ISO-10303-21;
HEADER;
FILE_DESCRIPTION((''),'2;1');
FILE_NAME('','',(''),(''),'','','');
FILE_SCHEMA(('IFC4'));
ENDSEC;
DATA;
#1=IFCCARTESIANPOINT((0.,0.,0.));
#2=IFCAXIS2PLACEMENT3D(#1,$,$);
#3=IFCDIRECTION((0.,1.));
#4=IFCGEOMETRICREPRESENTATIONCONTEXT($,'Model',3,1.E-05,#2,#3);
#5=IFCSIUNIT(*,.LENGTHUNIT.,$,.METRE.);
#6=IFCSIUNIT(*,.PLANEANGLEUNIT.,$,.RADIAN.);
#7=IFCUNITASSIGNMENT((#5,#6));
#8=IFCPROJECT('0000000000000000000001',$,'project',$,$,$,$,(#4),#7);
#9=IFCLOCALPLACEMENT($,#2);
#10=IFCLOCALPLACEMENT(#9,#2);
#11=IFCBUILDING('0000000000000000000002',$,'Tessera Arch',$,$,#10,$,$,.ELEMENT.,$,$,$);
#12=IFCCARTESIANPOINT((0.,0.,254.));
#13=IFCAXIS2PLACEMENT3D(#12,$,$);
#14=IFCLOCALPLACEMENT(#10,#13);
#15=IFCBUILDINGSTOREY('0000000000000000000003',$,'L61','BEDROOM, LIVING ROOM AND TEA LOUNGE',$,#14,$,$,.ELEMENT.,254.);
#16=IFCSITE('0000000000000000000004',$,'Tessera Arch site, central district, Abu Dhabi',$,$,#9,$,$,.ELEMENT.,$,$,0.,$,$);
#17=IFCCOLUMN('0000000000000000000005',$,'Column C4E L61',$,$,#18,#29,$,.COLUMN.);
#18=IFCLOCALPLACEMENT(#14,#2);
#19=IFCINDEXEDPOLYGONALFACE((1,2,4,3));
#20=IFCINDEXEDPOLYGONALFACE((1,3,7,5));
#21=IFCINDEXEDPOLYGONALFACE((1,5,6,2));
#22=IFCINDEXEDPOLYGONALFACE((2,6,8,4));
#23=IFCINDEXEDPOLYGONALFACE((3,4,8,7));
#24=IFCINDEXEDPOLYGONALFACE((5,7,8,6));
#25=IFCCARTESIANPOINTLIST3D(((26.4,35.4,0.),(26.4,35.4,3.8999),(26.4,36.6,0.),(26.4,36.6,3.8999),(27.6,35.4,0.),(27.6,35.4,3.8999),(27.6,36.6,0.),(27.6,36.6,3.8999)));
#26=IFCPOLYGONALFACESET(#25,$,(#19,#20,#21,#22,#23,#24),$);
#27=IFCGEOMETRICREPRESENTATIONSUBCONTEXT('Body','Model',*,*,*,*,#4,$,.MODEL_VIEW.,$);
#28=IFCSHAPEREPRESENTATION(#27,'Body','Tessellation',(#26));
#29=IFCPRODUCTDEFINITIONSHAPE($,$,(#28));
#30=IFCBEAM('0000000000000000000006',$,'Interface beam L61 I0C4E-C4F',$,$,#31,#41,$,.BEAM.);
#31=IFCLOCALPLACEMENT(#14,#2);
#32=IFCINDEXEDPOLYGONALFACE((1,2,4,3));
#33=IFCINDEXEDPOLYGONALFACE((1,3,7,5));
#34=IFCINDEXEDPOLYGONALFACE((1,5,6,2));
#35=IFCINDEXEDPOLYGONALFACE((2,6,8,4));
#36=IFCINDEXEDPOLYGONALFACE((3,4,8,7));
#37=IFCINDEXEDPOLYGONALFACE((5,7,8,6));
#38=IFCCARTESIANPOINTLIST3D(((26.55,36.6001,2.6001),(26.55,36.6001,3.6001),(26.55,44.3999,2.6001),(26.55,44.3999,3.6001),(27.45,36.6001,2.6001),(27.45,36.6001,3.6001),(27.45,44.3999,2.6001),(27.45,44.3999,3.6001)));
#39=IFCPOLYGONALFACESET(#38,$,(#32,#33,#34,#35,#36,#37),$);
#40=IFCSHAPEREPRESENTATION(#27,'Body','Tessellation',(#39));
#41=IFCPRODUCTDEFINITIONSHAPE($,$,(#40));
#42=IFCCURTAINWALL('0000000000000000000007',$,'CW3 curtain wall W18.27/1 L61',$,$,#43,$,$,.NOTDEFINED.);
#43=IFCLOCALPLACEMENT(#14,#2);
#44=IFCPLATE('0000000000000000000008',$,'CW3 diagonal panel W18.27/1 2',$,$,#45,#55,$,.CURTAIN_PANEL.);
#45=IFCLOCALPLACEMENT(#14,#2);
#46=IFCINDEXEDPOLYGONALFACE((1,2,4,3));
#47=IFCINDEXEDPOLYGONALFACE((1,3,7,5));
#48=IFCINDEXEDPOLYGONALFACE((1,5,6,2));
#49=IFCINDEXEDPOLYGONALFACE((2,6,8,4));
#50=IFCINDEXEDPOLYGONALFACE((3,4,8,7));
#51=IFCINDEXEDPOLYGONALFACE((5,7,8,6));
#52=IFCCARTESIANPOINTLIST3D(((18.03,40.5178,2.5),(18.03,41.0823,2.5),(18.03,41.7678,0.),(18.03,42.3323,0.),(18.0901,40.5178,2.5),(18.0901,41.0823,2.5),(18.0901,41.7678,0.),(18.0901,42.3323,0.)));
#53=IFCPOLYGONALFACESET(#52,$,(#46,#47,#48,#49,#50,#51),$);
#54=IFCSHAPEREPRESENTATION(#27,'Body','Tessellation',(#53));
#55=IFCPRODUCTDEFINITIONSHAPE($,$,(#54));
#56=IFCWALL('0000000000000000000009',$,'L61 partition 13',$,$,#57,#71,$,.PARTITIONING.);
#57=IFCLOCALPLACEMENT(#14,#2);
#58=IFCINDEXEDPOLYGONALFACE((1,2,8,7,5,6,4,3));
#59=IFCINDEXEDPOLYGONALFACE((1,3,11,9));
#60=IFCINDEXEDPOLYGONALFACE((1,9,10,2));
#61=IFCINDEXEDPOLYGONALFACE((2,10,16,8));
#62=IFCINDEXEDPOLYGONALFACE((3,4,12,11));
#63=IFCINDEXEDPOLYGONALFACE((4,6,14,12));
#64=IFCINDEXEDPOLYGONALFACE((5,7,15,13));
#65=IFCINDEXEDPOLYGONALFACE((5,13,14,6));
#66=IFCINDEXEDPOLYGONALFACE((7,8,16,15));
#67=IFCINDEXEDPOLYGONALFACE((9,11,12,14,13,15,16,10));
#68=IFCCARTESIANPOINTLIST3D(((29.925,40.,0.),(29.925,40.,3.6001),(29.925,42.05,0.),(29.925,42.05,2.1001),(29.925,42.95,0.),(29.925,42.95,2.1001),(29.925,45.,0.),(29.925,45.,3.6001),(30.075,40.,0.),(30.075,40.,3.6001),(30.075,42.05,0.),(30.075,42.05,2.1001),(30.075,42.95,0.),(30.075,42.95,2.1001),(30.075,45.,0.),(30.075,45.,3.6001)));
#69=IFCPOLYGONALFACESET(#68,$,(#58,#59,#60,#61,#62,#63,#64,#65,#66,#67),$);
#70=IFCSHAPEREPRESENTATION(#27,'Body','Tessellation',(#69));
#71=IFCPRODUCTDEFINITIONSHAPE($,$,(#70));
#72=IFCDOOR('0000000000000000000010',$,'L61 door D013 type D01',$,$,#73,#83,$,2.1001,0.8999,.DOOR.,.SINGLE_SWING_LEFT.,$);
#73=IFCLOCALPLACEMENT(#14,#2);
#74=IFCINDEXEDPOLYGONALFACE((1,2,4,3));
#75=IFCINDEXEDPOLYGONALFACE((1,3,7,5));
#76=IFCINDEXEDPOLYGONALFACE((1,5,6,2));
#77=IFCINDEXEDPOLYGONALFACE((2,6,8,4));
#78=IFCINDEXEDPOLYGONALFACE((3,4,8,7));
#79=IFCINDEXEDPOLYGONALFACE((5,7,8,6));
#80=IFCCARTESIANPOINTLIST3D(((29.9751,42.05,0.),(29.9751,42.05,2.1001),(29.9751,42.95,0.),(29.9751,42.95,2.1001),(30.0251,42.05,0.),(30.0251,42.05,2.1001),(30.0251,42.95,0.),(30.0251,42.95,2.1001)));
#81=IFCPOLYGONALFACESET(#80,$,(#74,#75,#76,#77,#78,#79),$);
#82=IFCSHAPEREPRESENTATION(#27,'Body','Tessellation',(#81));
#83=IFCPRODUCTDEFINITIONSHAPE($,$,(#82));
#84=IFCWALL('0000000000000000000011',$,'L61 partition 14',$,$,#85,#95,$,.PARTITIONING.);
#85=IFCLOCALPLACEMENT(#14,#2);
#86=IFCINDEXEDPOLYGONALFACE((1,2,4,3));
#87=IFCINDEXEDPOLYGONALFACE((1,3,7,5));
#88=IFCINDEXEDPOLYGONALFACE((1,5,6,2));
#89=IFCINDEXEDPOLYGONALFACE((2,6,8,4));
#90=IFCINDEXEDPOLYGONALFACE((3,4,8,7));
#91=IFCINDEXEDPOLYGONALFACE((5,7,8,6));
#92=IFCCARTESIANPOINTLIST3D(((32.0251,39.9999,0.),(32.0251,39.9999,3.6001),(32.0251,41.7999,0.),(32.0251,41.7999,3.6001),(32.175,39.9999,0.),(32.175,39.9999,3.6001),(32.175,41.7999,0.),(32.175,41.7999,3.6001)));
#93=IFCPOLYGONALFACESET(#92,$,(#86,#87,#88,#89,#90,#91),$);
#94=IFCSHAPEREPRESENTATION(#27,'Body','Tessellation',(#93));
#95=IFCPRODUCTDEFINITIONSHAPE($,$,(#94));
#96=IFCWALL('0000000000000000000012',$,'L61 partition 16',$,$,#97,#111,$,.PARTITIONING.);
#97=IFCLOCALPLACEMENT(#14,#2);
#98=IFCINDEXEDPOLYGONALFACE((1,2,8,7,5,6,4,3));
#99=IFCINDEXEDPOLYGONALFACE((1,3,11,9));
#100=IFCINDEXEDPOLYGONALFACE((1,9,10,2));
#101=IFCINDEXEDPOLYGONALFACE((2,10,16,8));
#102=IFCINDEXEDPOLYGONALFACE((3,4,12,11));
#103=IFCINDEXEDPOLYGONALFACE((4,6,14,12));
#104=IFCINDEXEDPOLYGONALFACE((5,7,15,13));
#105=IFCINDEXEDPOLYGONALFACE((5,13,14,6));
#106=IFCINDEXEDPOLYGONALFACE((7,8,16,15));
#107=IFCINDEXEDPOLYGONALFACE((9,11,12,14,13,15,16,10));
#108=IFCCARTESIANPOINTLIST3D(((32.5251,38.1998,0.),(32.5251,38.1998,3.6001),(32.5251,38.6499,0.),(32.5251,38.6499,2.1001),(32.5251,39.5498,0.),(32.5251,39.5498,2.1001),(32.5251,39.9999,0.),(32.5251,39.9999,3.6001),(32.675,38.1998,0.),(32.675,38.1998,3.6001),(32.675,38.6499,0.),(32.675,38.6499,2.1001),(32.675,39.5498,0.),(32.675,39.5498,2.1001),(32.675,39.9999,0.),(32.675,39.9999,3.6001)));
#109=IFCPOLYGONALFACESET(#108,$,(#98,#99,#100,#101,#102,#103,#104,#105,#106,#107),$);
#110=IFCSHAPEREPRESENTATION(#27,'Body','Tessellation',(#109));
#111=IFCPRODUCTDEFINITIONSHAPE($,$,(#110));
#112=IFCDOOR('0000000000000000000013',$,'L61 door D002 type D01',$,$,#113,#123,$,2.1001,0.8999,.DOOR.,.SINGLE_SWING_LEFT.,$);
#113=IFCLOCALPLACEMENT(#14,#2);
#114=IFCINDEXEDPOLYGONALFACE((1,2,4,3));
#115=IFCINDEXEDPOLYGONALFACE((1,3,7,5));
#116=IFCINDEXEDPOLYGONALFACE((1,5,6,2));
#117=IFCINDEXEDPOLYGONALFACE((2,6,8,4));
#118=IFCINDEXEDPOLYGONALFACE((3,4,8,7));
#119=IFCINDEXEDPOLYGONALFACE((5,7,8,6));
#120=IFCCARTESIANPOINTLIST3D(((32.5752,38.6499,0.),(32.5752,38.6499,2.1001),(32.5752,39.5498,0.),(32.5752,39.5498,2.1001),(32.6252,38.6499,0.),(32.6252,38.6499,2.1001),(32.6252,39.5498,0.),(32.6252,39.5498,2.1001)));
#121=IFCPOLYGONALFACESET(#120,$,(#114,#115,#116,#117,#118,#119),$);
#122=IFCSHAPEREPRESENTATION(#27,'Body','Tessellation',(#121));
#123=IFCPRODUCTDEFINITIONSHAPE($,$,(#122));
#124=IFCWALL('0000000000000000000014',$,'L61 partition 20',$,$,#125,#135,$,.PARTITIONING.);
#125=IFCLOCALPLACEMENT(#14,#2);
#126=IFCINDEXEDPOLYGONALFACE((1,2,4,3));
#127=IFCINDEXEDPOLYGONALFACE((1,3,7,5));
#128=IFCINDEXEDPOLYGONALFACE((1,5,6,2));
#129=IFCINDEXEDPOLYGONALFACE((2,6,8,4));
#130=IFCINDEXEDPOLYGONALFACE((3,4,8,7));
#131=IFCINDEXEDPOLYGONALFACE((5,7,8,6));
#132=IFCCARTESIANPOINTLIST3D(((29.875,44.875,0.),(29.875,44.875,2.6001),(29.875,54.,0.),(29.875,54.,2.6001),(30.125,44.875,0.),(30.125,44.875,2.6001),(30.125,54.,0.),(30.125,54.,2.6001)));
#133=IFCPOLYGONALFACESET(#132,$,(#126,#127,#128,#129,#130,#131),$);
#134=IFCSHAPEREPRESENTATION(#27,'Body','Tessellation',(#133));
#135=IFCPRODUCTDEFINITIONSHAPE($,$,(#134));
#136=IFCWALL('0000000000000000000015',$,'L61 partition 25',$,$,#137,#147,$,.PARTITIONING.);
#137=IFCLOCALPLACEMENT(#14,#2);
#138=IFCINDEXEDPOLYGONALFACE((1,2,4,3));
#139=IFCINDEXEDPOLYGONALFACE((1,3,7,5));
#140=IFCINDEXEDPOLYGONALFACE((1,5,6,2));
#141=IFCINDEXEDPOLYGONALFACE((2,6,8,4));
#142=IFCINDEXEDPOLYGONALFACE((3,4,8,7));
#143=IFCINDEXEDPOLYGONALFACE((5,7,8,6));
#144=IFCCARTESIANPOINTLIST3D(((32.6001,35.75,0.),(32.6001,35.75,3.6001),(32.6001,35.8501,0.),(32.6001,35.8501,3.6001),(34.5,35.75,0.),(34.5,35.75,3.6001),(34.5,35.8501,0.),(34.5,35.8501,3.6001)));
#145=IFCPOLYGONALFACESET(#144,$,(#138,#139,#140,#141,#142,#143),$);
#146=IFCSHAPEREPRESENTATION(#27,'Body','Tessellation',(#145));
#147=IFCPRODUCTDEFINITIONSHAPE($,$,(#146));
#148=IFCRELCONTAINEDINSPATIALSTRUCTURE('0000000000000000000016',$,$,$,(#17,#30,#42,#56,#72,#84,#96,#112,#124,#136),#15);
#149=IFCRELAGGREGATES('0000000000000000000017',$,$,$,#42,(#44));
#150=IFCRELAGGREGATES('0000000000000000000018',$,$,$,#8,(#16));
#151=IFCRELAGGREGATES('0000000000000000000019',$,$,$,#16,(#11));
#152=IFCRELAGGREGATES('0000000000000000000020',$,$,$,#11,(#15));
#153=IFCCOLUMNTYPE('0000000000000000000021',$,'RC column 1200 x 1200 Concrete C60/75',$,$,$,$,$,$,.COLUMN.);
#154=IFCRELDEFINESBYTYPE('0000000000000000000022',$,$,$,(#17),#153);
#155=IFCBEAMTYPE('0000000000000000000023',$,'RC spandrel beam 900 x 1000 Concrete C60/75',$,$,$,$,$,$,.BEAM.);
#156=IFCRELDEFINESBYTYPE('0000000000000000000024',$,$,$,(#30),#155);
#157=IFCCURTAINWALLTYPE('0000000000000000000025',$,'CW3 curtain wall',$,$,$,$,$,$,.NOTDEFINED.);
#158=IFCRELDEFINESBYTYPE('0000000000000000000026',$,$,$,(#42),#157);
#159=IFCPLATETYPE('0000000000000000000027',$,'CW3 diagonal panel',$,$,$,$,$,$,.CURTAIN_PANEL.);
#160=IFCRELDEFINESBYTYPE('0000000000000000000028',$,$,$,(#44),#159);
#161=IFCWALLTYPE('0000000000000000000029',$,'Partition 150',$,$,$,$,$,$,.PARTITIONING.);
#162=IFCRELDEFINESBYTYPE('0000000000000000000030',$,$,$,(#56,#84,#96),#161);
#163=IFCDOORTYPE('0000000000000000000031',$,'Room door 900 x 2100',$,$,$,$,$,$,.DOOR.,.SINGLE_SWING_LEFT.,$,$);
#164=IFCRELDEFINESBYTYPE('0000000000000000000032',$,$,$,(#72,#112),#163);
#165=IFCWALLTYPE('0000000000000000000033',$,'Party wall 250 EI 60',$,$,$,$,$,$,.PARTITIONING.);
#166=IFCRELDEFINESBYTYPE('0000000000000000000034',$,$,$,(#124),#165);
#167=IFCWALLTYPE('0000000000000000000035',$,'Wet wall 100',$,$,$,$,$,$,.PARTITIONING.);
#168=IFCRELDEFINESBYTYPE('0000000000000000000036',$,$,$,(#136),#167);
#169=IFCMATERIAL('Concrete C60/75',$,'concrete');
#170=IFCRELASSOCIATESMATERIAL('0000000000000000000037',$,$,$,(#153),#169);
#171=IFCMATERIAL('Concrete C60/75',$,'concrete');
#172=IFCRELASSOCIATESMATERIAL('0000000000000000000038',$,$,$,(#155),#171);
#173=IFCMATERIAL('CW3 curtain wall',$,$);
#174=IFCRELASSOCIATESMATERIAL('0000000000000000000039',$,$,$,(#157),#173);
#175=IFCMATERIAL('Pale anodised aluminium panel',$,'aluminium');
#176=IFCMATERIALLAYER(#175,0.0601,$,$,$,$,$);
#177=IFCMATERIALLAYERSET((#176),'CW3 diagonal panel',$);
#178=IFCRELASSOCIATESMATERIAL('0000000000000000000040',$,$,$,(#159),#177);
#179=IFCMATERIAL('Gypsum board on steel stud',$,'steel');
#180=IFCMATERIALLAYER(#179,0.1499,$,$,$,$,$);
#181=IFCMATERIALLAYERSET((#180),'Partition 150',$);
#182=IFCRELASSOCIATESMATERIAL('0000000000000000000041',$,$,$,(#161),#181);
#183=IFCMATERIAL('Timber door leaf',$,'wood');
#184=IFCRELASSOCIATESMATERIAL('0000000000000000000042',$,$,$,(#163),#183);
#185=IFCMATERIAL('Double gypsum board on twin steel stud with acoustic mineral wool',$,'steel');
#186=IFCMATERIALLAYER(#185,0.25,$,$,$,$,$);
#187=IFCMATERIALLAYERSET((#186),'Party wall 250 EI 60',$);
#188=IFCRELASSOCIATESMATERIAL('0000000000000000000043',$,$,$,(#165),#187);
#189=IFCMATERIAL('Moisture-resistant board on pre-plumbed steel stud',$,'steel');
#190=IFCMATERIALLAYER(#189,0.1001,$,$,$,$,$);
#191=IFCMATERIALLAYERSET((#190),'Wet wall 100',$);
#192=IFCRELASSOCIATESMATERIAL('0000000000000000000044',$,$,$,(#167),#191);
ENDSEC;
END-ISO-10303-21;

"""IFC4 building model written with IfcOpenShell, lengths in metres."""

from ifc_helpers import new_model, si_unit, direction, frame, frame_2d, origin, origin_2d, place, context, subcontext, project, spatial, polyline, rectangle, outline, extrude, material, layer, layer_set, material_profile, profile_set, type_object, element, fill, aggregate, save


model = new_model("IFC4")

# Units and contexts
model_context = context("Model", 3, precision=1e-05, world=origin(), true_north=direction((0.0, 1.0)))
body_context = subcontext(model_context, "Body", "Model", "MODEL_VIEW")
ifc_project = project(units=[si_unit("LENGTHUNIT", "METRE"), si_unit("PLANEANGLEUNIT", "RADIAN")], contexts=[model_context])

# Site, building, storey
site_placement = place(None, origin())
site = spatial("IfcSite", under=ifc_project, at=site_placement, Name="Tessera Arch site, central district, Abu Dhabi", CompositionType="ELEMENT", RefElevation=0.0)
building_placement = place(site_placement, origin())
building = spatial("IfcBuilding", under=site, at=building_placement, Name="Tessera Arch", CompositionType="ELEMENT")
storey_placement = place(building_placement, frame((0.0, 0.0, 254.0)))
storey = spatial("IfcBuildingStorey", under=building, at=storey_placement, Name="L61", Description="BEDROOM, LIVING ROOM AND TEA LOUNGE", CompositionType="ELEMENT", Elevation=254.0)

# Column
ifc_material_1 = material(Name="Concrete C60/75", Category="concrete")
ifc_material_profile_1 = material_profile(ifc_material_1, rectangle(XDim=1.2, YDim=1.2, at=origin_2d()), Name="RC column 1200 x 1200 Concrete C60/75")
ifc_profile_set_1 = profile_set([ifc_material_profile_1], Name="Concrete C60/75")
column_type = type_object("IfcColumnType", Name="RC column 1200 x 1200 Concrete C60/75", PredefinedType="COLUMN", material=ifc_profile_set_1)
column_placement = place(storey_placement, frame((27.0, 36.0, 0.0), z_axis=(0.0, 0.0, 1.0), x_axis=(1.0, 0.0, 0.0)))
element("IfcColumn", 1, at=column_placement, inside=storey, type_object=column_type, Name="Column C4E L61", PredefinedType="COLUMN", context=body_context, shape_type="SweptSolid", body=[
    extrude(rectangle(XDim=1.2, YDim=1.2, at=origin_2d()), origin(), (0.0, 0.0, 1.0), 3.8999),
])

# Beam
ifc_material_2 = material(Name="Concrete C60/75", Category="concrete")
ifc_material_profile_2 = material_profile(ifc_material_2, rectangle(XDim=0.8999, YDim=1.0, at=origin_2d()), Name="RC spandrel beam 900 x 1000 Concrete C60/75")
ifc_profile_set_2 = profile_set([ifc_material_profile_2], Name="Concrete C60/75")
beam_type = type_object("IfcBeamType", Name="RC spandrel beam 900 x 1000 Concrete C60/75", PredefinedType="BEAM", material=ifc_profile_set_2)
beam_placement = place(storey_placement, frame((27.0, 36.6001, 3.1001), z_axis=(0.0, 1.0, 0.0), x_axis=(-1.0, 0.0, 0.0)))
element("IfcBeam", 2, at=beam_placement, inside=storey, type_object=beam_type, Name="Interface beam L61 I0C4E-C4F", PredefinedType="BEAM", context=body_context, shape_type="SweptSolid", body=[
    extrude(rectangle(XDim=0.8999, YDim=1.0, at=origin_2d()), origin(), (0.0, 0.0, 1.0), 7.7998),
])

# Curtain wall, plate
ifc_material_3 = material(Name="CW3 curtain wall")
curtain_wall_type = type_object("IfcCurtainWallType", Name="CW3 curtain wall", PredefinedType="NOTDEFINED", material=ifc_material_3)
curtain_wall_placement = place(storey_placement, origin())
curtain_wall = element("IfcCurtainWall", 3, at=curtain_wall_placement, inside=storey, type_object=curtain_wall_type, Name="CW3 curtain wall W18.27/1 L61", PredefinedType="NOTDEFINED")
ifc_material_4 = material(Name="Pale anodised aluminium panel", Category="aluminium")
ifc_layer_1 = layer(ifc_material_4, 0.0601)
ifc_layer_set_1 = layer_set([ifc_layer_1], Name="CW3 diagonal panel")
plate_type = type_object("IfcPlateType", Name="CW3 diagonal panel", PredefinedType="CURTAIN_PANEL", material=ifc_layer_set_1)
plate_placement = place(storey_placement, frame((18.03, 40.5178, 2.5), z_axis=(-1.0, 0.0, 0.0), x_axis=(0.0, 1.0, 0.0)))
plate = element("IfcPlate", 4, at=plate_placement, type_object=plate_type, Name="CW3 diagonal panel W18.27/1 2", PredefinedType="CURTAIN_PANEL", context=body_context, shape_type="SweptSolid", body=[
    extrude(outline(polyline([(0.0, 0.0), (0.5645, 0.0), (1.8145, 2.5), (1.25, 2.5), (0.0, 0.0)])), origin(), (0.0, 0.0, -1.0), 0.0601),
])
aggregate(curtain_wall, [plate])

# Wall, opening, door
ifc_material_5 = material(Name="Gypsum board on steel stud", Category="steel")
ifc_layer_2 = layer(ifc_material_5, 0.1499)
ifc_layer_set_2 = layer_set([ifc_layer_2], Name="Partition 150")
wall_type_1 = type_object("IfcWallType", Name="Partition 150", PredefinedType="PARTITIONING", material=ifc_layer_set_2)
wall_1_placement = place(storey_placement, frame((30.0, 40.0, 0.0), z_axis=(0.0, 0.0, 1.0), x_axis=(0.0, 1.0, 0.0)))
wall_1 = element("IfcWall", 5, at=wall_1_placement, inside=storey, type_object=wall_type_1, Name="L61 partition 13", PredefinedType="PARTITIONING", context=body_context, shape_type="SweptSolid", body=[
    extrude(rectangle(XDim=5.0, YDim=0.1499, at=frame_2d((2.5, 0.0))), origin(), (0.0, 0.0, 1.0), 3.6001),
])
opening_1_placement = place(wall_1_placement, frame((2.05, 0.0, 0.0)))
opening_1 = element("IfcOpeningElement", 6, at=opening_1_placement, cuts=wall_1, PredefinedType="OPENING", context=body_context, shape_type="SweptSolid", body=[
    extrude(rectangle(XDim=0.8999, YDim=2.1001, at=frame_2d((0.45, 1.05))), frame((0.0, 0.085, 0.0), z_axis=(0.0, -1.0, 0.0), x_axis=(1.0, 0.0, 0.0)), (0.0, 0.0, 1.0), 0.1699),
])
ifc_material_6 = material(Name="Timber door leaf", Category="wood")
door_type_1 = type_object("IfcDoorType", Name="Room door 900 x 2100", OperationType="SINGLE_SWING_LEFT", PredefinedType="DOOR", material=ifc_material_6)
door_1_placement = place(opening_1_placement, origin())
door_1 = element("IfcDoor", 7, at=door_1_placement, inside=storey, type_object=door_type_1, Name="L61 door D013 type D01", OperationType="SINGLE_SWING_LEFT", OverallHeight=2.1001, OverallWidth=0.8999, PredefinedType="DOOR", context=body_context, shape_type="SweptSolid", body=[
    extrude(rectangle(XDim=0.8999, YDim=2.1001, at=frame_2d((0.45, 1.05))), frame((0.0, 0.0249, 0.0), z_axis=(0.0, -1.0, 0.0), x_axis=(1.0, 0.0, 0.0)), (0.0, 0.0, 1.0), 0.05),
])
fill(opening_1, door_1)

# Wall
wall_2_placement = place(storey_placement, frame((32.1001, 40.0, 0.0), z_axis=(0.0, 0.0, 1.0), x_axis=(0.0, 1.0, 0.0)))
element("IfcWall", 8, at=wall_2_placement, inside=storey, type_object=wall_type_1, Name="L61 partition 14", PredefinedType="PARTITIONING", context=body_context, shape_type="SweptSolid", body=[
    extrude(rectangle(XDim=1.8, YDim=0.1499, at=frame_2d((0.8999, 0.0))), origin(), (0.0, 0.0, 1.0), 3.6001),
])

# Wall, opening, door
wall_3_placement = place(storey_placement, frame((32.6001, 38.2, 0.0), z_axis=(0.0, 0.0, 1.0), x_axis=(0.0, 1.0, 0.0)))
wall_3 = element("IfcWall", 9, at=wall_3_placement, inside=storey, type_object=wall_type_1, Name="L61 partition 16", PredefinedType="PARTITIONING", context=body_context, shape_type="SweptSolid", body=[
    extrude(rectangle(XDim=1.8, YDim=0.1499, at=frame_2d((0.8999, 0.0))), origin(), (0.0, 0.0, 1.0), 3.6001),
])
opening_2_placement = place(wall_3_placement, frame((0.45, 0.0, 0.0)))
opening_2 = element("IfcOpeningElement", 10, at=opening_2_placement, cuts=wall_3, PredefinedType="OPENING", context=body_context, shape_type="SweptSolid", body=[
    extrude(rectangle(XDim=0.8999, YDim=2.1001, at=frame_2d((0.45, 1.05))), frame((0.0, 0.085, 0.0), z_axis=(0.0, -1.0, 0.0), x_axis=(1.0, 0.0, 0.0)), (0.0, 0.0, 1.0), 0.1699),
])
door_2_placement = place(opening_2_placement, origin())
door_2 = element("IfcDoor", 11, at=door_2_placement, inside=storey, type_object=door_type_1, Name="L61 door D002 type D01", OperationType="SINGLE_SWING_LEFT", OverallHeight=2.1001, OverallWidth=0.8999, PredefinedType="DOOR", context=body_context, shape_type="SweptSolid", body=[
    extrude(rectangle(XDim=0.8999, YDim=2.1001, at=frame_2d((0.45, 1.05))), frame((0.0, 0.0249, 0.0), z_axis=(0.0, -1.0, 0.0), x_axis=(1.0, 0.0, 0.0)), (0.0, 0.0, 1.0), 0.05),
])
fill(opening_2, door_2)

# Walls
ifc_material_7 = material(Name="Double gypsum board on twin steel stud with acoustic mineral wool", Category="steel")
ifc_layer_3 = layer(ifc_material_7, 0.25)
ifc_layer_set_3 = layer_set([ifc_layer_3], Name="Party wall 250 EI 60")
wall_type_2 = type_object("IfcWallType", Name="Party wall 250 EI 60", PredefinedType="PARTITIONING", material=ifc_layer_set_3)
wall_4_placement = place(storey_placement, frame((30.0, 44.875, 0.0), z_axis=(0.0, 0.0, 1.0), x_axis=(0.0, 1.0, 0.0)))
element("IfcWall", 12, at=wall_4_placement, inside=storey, type_object=wall_type_2, Name="L61 partition 20", PredefinedType="PARTITIONING", context=body_context, shape_type="SweptSolid", body=[
    extrude(rectangle(XDim=9.125, YDim=0.25, at=frame_2d((4.5625, 0.0))), origin(), (0.0, 0.0, 1.0), 2.6001),
])
ifc_material_8 = material(Name="Moisture-resistant board on pre-plumbed steel stud", Category="steel")
ifc_layer_4 = layer(ifc_material_8, 0.1001)
ifc_layer_set_4 = layer_set([ifc_layer_4], Name="Wet wall 100")
wall_type_3 = type_object("IfcWallType", Name="Wet wall 100", PredefinedType="PARTITIONING", material=ifc_layer_set_4)
wall_5_placement = place(storey_placement, frame((32.6001, 35.8, 0.0), z_axis=(0.0, 0.0, 1.0), x_axis=(1.0, 0.0, 0.0)))
element("IfcWall", 13, at=wall_5_placement, inside=storey, type_object=wall_type_3, Name="L61 partition 25", PredefinedType="PARTITIONING", context=body_context, shape_type="SweptSolid", body=[
    extrude(rectangle(XDim=1.8999, YDim=0.1001, at=frame_2d((0.95, 0.0))), origin(), (0.0, 0.0, 1.0), 3.6001),
])

save(model, "model.ifc")
